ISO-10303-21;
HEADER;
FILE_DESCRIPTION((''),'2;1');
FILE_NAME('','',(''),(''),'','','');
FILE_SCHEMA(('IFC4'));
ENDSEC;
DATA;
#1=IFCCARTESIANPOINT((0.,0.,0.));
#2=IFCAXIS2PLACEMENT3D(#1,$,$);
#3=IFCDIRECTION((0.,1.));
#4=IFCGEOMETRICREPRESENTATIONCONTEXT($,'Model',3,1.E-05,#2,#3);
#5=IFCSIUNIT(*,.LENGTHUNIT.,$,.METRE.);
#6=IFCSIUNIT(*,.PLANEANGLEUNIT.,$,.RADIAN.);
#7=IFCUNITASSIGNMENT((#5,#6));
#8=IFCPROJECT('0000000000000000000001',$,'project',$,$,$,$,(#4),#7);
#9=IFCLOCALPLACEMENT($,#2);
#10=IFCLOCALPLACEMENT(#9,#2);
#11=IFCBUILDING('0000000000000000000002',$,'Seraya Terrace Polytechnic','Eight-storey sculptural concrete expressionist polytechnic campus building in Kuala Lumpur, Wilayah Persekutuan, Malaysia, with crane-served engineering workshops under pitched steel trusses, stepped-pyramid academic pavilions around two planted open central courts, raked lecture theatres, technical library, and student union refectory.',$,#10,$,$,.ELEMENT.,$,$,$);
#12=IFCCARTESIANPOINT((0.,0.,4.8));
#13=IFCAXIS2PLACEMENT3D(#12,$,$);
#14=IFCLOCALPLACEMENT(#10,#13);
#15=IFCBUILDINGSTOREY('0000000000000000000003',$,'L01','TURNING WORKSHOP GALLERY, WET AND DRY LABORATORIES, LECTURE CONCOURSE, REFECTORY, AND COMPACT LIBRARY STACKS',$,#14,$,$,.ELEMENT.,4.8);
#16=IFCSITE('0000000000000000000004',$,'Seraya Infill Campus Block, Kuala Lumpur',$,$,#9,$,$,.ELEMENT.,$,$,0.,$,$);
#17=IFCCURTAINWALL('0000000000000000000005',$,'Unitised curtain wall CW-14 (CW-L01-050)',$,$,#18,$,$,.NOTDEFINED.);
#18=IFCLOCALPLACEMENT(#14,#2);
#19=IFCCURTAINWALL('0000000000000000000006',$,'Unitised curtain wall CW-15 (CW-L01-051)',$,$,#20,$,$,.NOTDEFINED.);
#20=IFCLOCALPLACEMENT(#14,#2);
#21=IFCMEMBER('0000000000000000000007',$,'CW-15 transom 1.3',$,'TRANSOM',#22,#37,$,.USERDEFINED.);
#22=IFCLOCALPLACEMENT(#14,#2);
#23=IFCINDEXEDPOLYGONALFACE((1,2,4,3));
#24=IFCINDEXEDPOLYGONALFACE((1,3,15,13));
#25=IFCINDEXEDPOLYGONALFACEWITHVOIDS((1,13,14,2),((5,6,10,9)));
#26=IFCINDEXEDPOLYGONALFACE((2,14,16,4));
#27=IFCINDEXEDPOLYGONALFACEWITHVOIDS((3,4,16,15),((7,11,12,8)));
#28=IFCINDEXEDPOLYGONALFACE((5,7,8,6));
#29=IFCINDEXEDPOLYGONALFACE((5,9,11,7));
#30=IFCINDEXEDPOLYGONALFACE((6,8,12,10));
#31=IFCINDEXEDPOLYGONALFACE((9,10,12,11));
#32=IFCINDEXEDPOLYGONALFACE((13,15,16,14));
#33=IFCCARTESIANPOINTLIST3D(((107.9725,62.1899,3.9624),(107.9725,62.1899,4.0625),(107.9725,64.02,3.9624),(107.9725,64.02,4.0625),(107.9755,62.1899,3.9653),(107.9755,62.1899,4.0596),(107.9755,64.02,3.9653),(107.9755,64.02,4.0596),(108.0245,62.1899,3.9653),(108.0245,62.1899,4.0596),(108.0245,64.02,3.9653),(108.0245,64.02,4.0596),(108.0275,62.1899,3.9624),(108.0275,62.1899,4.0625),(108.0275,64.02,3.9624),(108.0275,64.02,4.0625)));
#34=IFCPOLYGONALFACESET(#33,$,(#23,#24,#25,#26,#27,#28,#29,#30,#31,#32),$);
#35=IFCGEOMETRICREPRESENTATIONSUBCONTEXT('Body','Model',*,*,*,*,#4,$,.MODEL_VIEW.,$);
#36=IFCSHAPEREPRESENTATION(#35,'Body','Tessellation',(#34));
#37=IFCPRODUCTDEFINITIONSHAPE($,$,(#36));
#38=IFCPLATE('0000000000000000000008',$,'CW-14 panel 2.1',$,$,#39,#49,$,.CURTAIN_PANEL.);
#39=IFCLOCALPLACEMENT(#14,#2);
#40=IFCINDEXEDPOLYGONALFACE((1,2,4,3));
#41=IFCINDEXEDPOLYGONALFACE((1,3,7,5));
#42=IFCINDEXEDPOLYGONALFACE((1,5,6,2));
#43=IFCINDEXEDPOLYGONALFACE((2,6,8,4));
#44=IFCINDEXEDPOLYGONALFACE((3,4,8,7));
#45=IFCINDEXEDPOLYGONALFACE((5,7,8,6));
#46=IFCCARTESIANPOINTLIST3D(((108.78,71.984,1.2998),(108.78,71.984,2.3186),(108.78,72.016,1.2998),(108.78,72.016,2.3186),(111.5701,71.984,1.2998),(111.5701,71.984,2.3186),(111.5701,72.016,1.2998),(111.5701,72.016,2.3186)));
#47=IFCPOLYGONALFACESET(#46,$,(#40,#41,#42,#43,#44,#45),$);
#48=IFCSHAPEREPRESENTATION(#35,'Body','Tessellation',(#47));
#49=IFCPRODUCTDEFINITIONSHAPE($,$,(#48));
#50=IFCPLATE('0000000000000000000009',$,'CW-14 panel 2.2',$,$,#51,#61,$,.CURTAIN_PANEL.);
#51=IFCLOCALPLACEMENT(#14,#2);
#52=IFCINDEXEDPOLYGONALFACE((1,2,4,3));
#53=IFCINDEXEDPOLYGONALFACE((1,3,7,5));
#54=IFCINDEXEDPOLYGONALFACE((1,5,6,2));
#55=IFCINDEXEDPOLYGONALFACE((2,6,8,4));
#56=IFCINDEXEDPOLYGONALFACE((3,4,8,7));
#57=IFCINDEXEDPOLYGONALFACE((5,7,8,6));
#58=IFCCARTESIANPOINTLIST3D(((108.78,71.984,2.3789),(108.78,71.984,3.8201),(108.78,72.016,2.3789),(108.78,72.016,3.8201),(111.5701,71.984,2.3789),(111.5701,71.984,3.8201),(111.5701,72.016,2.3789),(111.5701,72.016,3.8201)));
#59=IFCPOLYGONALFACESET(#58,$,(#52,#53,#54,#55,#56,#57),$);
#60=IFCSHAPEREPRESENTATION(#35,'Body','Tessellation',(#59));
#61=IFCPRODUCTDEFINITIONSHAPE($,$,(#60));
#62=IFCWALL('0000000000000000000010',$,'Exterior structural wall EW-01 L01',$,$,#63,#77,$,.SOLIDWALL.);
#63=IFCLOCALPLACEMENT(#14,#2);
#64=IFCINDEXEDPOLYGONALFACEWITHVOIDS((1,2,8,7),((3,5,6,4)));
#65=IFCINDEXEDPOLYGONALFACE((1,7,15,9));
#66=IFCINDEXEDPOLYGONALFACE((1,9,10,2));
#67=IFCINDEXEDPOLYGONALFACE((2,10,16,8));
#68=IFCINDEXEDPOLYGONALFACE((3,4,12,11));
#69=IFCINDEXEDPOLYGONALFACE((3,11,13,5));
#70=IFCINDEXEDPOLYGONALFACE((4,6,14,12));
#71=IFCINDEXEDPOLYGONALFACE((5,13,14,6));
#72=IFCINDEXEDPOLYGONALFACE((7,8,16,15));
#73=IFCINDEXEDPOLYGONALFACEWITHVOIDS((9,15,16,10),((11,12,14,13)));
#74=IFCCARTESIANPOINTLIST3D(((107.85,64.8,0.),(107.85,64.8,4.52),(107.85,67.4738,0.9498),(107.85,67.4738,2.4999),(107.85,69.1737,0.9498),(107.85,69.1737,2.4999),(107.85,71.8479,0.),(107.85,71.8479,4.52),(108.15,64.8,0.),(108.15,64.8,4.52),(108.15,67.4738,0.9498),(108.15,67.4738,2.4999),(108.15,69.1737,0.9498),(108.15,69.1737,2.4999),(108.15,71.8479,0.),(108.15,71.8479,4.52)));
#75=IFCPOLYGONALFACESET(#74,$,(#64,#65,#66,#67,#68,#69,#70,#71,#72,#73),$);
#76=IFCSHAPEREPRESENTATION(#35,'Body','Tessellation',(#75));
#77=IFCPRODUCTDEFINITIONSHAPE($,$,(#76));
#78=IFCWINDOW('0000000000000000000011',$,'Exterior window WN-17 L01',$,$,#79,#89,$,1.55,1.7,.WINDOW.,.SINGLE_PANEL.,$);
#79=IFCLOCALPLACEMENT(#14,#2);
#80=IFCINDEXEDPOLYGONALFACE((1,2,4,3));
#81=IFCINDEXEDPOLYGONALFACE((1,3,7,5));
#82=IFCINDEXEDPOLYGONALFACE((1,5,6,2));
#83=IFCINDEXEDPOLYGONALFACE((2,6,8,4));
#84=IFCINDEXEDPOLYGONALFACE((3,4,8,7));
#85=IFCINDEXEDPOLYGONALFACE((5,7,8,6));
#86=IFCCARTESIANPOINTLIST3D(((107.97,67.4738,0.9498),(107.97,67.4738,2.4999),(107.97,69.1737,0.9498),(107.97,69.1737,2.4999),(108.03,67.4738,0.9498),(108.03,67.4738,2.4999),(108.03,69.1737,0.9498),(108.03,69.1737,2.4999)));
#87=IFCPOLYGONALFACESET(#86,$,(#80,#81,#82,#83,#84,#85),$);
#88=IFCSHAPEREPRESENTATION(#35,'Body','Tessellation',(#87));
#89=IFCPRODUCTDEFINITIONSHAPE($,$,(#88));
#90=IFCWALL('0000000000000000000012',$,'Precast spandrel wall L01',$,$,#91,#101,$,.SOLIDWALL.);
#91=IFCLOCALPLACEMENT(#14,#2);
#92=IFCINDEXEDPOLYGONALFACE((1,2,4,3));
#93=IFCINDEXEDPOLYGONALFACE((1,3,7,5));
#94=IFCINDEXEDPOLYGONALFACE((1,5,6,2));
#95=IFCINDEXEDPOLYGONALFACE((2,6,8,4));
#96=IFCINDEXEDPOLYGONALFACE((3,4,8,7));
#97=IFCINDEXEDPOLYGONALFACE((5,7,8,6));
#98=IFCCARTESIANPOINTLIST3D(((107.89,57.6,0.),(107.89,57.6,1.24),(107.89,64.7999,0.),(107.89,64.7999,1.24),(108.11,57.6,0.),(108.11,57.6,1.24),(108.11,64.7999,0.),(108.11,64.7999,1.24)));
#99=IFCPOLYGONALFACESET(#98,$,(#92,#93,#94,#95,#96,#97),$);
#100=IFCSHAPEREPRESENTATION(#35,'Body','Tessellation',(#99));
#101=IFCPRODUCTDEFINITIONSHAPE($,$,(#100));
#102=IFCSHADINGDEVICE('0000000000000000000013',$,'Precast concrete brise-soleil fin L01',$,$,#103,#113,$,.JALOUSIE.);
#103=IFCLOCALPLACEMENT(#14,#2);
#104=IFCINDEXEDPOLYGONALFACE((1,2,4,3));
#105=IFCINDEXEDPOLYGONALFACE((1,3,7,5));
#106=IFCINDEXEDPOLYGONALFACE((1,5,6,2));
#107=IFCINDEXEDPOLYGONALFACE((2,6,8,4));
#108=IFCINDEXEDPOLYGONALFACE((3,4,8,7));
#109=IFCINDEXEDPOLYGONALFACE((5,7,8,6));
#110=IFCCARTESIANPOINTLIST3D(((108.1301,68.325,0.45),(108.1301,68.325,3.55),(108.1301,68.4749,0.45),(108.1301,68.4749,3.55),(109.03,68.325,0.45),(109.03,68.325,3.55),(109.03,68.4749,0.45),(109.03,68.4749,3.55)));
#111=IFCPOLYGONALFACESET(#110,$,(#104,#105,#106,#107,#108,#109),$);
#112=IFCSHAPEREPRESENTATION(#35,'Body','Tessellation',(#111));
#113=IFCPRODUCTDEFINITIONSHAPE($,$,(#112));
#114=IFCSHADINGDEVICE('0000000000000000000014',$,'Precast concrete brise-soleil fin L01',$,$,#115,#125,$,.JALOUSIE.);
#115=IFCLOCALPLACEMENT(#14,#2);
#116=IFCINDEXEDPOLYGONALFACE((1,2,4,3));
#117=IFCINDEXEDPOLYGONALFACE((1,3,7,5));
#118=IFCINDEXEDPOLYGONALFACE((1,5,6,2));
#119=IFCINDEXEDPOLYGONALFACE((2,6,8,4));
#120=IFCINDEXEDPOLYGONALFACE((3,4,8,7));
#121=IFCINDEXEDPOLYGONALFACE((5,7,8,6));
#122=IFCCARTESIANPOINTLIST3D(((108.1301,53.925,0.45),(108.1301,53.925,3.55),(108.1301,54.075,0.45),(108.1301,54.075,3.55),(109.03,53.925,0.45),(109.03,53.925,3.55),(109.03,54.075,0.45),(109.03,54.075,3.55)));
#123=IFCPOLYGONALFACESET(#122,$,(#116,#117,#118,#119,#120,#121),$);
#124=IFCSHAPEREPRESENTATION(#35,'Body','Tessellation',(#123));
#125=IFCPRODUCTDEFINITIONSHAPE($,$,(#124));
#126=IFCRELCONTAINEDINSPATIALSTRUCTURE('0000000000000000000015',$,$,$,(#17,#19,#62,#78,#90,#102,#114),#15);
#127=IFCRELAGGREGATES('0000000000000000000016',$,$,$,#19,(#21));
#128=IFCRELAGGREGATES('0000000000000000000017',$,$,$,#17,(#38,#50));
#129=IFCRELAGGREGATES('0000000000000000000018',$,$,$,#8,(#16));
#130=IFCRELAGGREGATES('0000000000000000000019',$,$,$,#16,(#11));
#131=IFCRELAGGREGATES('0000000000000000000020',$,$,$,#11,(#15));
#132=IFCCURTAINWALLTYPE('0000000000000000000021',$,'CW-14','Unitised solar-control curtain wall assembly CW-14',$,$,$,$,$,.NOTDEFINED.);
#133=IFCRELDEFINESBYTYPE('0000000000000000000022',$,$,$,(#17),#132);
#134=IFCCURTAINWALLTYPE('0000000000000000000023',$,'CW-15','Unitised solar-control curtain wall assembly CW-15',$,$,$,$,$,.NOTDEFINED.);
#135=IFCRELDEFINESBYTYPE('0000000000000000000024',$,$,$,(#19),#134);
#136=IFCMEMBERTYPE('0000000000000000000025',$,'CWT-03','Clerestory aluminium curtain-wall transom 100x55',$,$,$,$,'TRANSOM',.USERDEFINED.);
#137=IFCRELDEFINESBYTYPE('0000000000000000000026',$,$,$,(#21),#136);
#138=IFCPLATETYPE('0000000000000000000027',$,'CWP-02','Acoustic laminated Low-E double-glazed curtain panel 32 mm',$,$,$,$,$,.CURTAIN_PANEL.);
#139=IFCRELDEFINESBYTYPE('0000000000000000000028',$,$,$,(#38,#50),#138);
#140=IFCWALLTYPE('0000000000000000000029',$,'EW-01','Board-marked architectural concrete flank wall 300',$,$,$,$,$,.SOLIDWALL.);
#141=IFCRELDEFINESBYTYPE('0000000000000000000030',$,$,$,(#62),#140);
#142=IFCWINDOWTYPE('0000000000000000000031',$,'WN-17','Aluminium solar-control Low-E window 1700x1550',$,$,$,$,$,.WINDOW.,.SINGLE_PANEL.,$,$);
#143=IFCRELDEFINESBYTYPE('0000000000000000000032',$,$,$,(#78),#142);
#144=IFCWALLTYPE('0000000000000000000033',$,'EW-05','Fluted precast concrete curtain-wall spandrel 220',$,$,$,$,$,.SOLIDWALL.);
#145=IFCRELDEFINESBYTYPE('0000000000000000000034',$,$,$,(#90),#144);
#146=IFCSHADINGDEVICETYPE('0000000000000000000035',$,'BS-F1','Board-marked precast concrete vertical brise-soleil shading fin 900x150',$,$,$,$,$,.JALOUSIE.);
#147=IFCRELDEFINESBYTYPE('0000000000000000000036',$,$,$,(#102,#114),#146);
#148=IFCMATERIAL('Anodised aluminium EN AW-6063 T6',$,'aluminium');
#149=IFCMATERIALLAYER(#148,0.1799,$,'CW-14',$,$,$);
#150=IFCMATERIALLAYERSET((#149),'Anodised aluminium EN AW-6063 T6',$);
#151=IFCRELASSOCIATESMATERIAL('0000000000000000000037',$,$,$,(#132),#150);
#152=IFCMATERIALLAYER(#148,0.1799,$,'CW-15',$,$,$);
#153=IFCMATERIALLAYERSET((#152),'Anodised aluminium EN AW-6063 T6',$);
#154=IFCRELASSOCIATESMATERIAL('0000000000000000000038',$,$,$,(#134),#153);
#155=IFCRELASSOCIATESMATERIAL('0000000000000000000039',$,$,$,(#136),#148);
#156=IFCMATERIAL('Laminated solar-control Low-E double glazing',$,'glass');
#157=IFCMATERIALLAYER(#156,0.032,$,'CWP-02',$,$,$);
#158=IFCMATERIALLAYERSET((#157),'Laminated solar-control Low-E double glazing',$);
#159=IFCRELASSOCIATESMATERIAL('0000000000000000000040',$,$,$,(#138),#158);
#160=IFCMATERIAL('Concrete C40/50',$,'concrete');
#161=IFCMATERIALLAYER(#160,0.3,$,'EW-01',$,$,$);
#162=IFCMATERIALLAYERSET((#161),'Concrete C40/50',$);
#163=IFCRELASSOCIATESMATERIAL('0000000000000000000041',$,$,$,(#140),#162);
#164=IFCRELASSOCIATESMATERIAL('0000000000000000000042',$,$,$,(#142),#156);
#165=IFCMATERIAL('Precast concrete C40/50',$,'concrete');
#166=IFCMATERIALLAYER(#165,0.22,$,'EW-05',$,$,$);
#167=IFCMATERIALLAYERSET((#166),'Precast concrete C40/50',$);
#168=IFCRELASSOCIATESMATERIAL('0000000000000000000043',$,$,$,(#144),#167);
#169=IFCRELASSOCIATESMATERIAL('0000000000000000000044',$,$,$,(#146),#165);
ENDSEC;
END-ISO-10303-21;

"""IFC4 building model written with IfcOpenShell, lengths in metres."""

from ifc_helpers import new_model, si_unit, direction, frame, frame_2d, origin, origin_2d, place, context, subcontext, project, spatial, rectangle, hollow_rectangle, extrude, material, layer, layer_set, material_profile, profile_set, type_object, element, fill, aggregate, save


model = new_model("IFC4")

# Units and contexts
model_context = context("Model", 3, precision=1e-05, world=origin(), true_north=direction((0.0, 1.0)))
body_context = subcontext(model_context, "Body", "Model", "MODEL_VIEW")
ifc_project = project(units=[si_unit("LENGTHUNIT", "METRE"), si_unit("PLANEANGLEUNIT", "RADIAN")], contexts=[model_context])

# Site, building, storey
site_placement = place(None, origin())
site = spatial("IfcSite", under=ifc_project, at=site_placement, Name="Seraya Infill Campus Block, Kuala Lumpur", CompositionType="ELEMENT", RefElevation=0.0)
building_placement = place(site_placement, origin())
building = spatial("IfcBuilding", under=site, at=building_placement, Name="Seraya Terrace Polytechnic", Description="Eight-storey sculptural concrete expressionist polytechnic campus building in Kuala Lumpur, Wilayah Persekutuan, Malaysia, with crane-served engineering workshops under pitched steel trusses, stepped-pyramid academic pavilions around two planted open central courts, raked lecture theatres, technical library, and student union refectory.", CompositionType="ELEMENT")
storey_placement = place(building_placement, frame((0.0, 0.0, 4.8)))
storey = spatial("IfcBuildingStorey", under=building, at=storey_placement, Name="L01", Description="TURNING WORKSHOP GALLERY, WET AND DRY LABORATORIES, LECTURE CONCOURSE, REFECTORY, AND COMPACT LIBRARY STACKS", CompositionType="ELEMENT", Elevation=4.8)

# Shared definitions
ifc_material_1 = material(Name="Concrete C40/50", Category="concrete")

# Curtain walls
ifc_material_2 = material(Name="Anodised aluminium EN AW-6063 T6", Category="aluminium")
ifc_layer_1 = layer(ifc_material_2, 0.1799, Name="CW-14")
ifc_layer_set_1 = layer_set([ifc_layer_1], Name="Anodised aluminium EN AW-6063 T6")
curtain_wall_type_1 = type_object("IfcCurtainWallType", Name="CW-14", Description="Unitised solar-control curtain wall assembly CW-14", PredefinedType="NOTDEFINED", material=ifc_layer_set_1)
curtain_wall_1_placement = place(storey_placement, origin())
curtain_wall_1 = element("IfcCurtainWall", 1, at=curtain_wall_1_placement, inside=storey, type_object=curtain_wall_type_1, Name="Unitised curtain wall CW-14 (CW-L01-050)", PredefinedType="NOTDEFINED")
ifc_layer_2 = layer(ifc_material_2, 0.1799, Name="CW-15")
ifc_layer_set_2 = layer_set([ifc_layer_2], Name="Anodised aluminium EN AW-6063 T6")
curtain_wall_type_2 = type_object("IfcCurtainWallType", Name="CW-15", Description="Unitised solar-control curtain wall assembly CW-15", PredefinedType="NOTDEFINED", material=ifc_layer_set_2)
curtain_wall_2_placement = place(storey_placement, origin())
curtain_wall_2 = element("IfcCurtainWall", 2, at=curtain_wall_2_placement, inside=storey, type_object=curtain_wall_type_2, Name="Unitised curtain wall CW-15 (CW-L01-051)", PredefinedType="NOTDEFINED")

# Member
ifc_material_profile_1 = material_profile(ifc_material_2, hollow_rectangle(XDim=0.0549, YDim=0.1001, WallThickness=0.0029, at=origin_2d()), Name="RHS 100x55x3.0")
ifc_profile_set_1 = profile_set([ifc_material_profile_1], Name="Anodised aluminium EN AW-6063 T6")
member_type_1 = type_object("IfcMemberType", Name="CWT-03", Description="Clerestory aluminium curtain-wall transom 100x55", ElementType="TRANSOM", PredefinedType="USERDEFINED", material=ifc_profile_set_1)
member_1_placement = place(storey_placement, frame((108.0, 64.02, 4.0125), z_axis=(0.0, -1.0, 0.0), x_axis=(1.0, 0.0, 0.0)))
member_1 = element("IfcMember", 3, at=member_1_placement, type_object=member_type_1, Name="CW-15 transom 1.3", ObjectType="TRANSOM", PredefinedType="USERDEFINED", context=body_context, shape_type="SweptSolid", body=[
    extrude(hollow_rectangle(XDim=0.0549, YDim=0.1001, WallThickness=0.0029, at=origin_2d()), origin(), (0.0, 0.0, 1.0), 1.8301),
])
aggregate(curtain_wall_2, [member_1])

# Plates
ifc_material_3 = material(Name="Laminated solar-control Low-E double glazing", Category="glass")
ifc_layer_3 = layer(ifc_material_3, 0.032, Name="CWP-02")
ifc_layer_set_3 = layer_set([ifc_layer_3], Name="Laminated solar-control Low-E double glazing")
plate_type = type_object("IfcPlateType", Name="CWP-02", Description="Acoustic laminated Low-E double-glazed curtain panel 32 mm", PredefinedType="CURTAIN_PANEL", material=ifc_layer_set_3)
plate_1_placement = place(storey_placement, frame((110.175, 72.0, 1.2998), z_axis=(0.0, 0.0, 1.0), x_axis=(-1.0, 0.0, 0.0)))
plate_1 = element("IfcPlate", 4, at=plate_1_placement, type_object=plate_type, Name="CW-14 panel 2.1", PredefinedType="CURTAIN_PANEL", context=body_context, shape_type="SweptSolid", body=[
    extrude(rectangle(XDim=2.79, YDim=0.032, at=origin_2d()), origin(), (0.0, 0.0, 1.0), 1.0188),
])
plate_2_placement = place(storey_placement, frame((110.175, 72.0, 2.3789), z_axis=(0.0, 0.0, 1.0), x_axis=(-1.0, 0.0, 0.0)))
plate_2 = element("IfcPlate", 5, at=plate_2_placement, type_object=plate_type, Name="CW-14 panel 2.2", PredefinedType="CURTAIN_PANEL", context=body_context, shape_type="SweptSolid", body=[
    extrude(rectangle(XDim=2.79, YDim=0.032, at=origin_2d()), origin(), (0.0, 0.0, 1.0), 1.4412),
])
aggregate(curtain_wall_1, [plate_1, plate_2])

# Wall, opening, window
ifc_layer_4 = layer(ifc_material_1, 0.3, Name="EW-01")
ifc_layer_set_4 = layer_set([ifc_layer_4], Name="Concrete C40/50")
wall_type_1 = type_object("IfcWallType", Name="EW-01", Description="Board-marked architectural concrete flank wall 300", PredefinedType="SOLIDWALL", material=ifc_layer_set_4)
wall_1_placement = place(storey_placement, frame((108.0, 71.8479, 0.0), z_axis=(0.0, 0.0, 1.0), x_axis=(0.0, -1.0, 0.0)))
wall_1 = element("IfcWall", 6, at=wall_1_placement, inside=storey, type_object=wall_type_1, Name="Exterior structural wall EW-01 L01", PredefinedType="SOLIDWALL", context=body_context, shape_type="SweptSolid", body=[
    extrude(rectangle(XDim=7.0479, YDim=0.3, at=frame_2d((3.5239, 0.0))), origin(), (0.0, 0.0, 1.0), 4.52),
])
opening_placement = place(wall_1_placement, frame((2.6741, 0.0, 0.95)))
opening = element("IfcOpeningElement", 7, at=opening_placement, cuts=wall_1, PredefinedType="OPENING", context=body_context, shape_type="SweptSolid", body=[
    extrude(rectangle(XDim=1.7, YDim=1.55, at=frame_2d((0.8501, 0.7749))), frame((0.0, 0.1621, 0.0), z_axis=(0.0, -1.0, 0.0), x_axis=(1.0, 0.0, 0.0)), (0.0, 0.0, 1.0), 0.324),
])
window_type = type_object("IfcWindowType", Name="WN-17", Description="Aluminium solar-control Low-E window 1700x1550", PartitioningType="SINGLE_PANEL", PredefinedType="WINDOW", material=ifc_material_3)
window_placement = place(opening_placement, origin())
window = element("IfcWindow", 8, at=window_placement, inside=storey, type_object=window_type, Name="Exterior window WN-17 L01", OverallHeight=1.55, OverallWidth=1.7, PartitioningType="SINGLE_PANEL", PredefinedType="WINDOW", context=body_context, shape_type="SweptSolid", body=[
    extrude(rectangle(XDim=1.7, YDim=1.55, at=frame_2d((0.8501, 0.7749))), frame((0.0, 0.03, 0.0), z_axis=(0.0, -1.0, 0.0), x_axis=(1.0, 0.0, 0.0)), (0.0, 0.0, 1.0), 0.0601),
])
fill(opening, window)

# Wall
ifc_material_4 = material(Name="Precast concrete C40/50", Category="concrete")
ifc_layer_5 = layer(ifc_material_4, 0.22, Name="EW-05")
ifc_layer_set_5 = layer_set([ifc_layer_5], Name="Precast concrete C40/50")
wall_type_2 = type_object("IfcWallType", Name="EW-05", Description="Fluted precast concrete curtain-wall spandrel 220", PredefinedType="SOLIDWALL", material=ifc_layer_set_5)
wall_2_placement = place(storey_placement, frame((108.0, 64.8, 0.0), z_axis=(0.0, 0.0, 1.0), x_axis=(0.0, -1.0, 0.0)))
element("IfcWall", 9, at=wall_2_placement, inside=storey, type_object=wall_type_2, Name="Precast spandrel wall L01", PredefinedType="SOLIDWALL", context=body_context, shape_type="SweptSolid", body=[
    extrude(rectangle(XDim=7.2, YDim=0.22, at=frame_2d((3.6001, 0.0))), origin(), (0.0, 0.0, 1.0), 1.24),
])

# Shading devices
shading_device_type = type_object("IfcShadingDeviceType", Name="BS-F1", Description="Board-marked precast concrete vertical brise-soleil shading fin 900x150", PredefinedType="JALOUSIE", material=ifc_material_4)
for number, where, z_axis, x_axis, name in (
    (10, (108.5801, 68.3999, 0.45), (0.0, 0.0, 1.0), (1.0, 0.0, 0.0), "Precast concrete brise-soleil fin L01"),
    (11, (108.5801, 54.0, 0.45), (0.0, 0.0, 1.0), (1.0, 0.0, 0.0), "Precast concrete brise-soleil fin L01"),
):
    element("IfcShadingDevice", number, at=place(storey_placement, frame(where, z_axis=z_axis, x_axis=x_axis)), inside=storey, type_object=shading_device_type, Name=name, PredefinedType="JALOUSIE", context=body_context, shape_type="SweptSolid", body=[
        extrude(rectangle(XDim=0.8999, YDim=0.1499, at=origin_2d()), origin(), (0.0, 0.0, 1.0), 3.1001),
    ])

save(model, "model.ifc")
